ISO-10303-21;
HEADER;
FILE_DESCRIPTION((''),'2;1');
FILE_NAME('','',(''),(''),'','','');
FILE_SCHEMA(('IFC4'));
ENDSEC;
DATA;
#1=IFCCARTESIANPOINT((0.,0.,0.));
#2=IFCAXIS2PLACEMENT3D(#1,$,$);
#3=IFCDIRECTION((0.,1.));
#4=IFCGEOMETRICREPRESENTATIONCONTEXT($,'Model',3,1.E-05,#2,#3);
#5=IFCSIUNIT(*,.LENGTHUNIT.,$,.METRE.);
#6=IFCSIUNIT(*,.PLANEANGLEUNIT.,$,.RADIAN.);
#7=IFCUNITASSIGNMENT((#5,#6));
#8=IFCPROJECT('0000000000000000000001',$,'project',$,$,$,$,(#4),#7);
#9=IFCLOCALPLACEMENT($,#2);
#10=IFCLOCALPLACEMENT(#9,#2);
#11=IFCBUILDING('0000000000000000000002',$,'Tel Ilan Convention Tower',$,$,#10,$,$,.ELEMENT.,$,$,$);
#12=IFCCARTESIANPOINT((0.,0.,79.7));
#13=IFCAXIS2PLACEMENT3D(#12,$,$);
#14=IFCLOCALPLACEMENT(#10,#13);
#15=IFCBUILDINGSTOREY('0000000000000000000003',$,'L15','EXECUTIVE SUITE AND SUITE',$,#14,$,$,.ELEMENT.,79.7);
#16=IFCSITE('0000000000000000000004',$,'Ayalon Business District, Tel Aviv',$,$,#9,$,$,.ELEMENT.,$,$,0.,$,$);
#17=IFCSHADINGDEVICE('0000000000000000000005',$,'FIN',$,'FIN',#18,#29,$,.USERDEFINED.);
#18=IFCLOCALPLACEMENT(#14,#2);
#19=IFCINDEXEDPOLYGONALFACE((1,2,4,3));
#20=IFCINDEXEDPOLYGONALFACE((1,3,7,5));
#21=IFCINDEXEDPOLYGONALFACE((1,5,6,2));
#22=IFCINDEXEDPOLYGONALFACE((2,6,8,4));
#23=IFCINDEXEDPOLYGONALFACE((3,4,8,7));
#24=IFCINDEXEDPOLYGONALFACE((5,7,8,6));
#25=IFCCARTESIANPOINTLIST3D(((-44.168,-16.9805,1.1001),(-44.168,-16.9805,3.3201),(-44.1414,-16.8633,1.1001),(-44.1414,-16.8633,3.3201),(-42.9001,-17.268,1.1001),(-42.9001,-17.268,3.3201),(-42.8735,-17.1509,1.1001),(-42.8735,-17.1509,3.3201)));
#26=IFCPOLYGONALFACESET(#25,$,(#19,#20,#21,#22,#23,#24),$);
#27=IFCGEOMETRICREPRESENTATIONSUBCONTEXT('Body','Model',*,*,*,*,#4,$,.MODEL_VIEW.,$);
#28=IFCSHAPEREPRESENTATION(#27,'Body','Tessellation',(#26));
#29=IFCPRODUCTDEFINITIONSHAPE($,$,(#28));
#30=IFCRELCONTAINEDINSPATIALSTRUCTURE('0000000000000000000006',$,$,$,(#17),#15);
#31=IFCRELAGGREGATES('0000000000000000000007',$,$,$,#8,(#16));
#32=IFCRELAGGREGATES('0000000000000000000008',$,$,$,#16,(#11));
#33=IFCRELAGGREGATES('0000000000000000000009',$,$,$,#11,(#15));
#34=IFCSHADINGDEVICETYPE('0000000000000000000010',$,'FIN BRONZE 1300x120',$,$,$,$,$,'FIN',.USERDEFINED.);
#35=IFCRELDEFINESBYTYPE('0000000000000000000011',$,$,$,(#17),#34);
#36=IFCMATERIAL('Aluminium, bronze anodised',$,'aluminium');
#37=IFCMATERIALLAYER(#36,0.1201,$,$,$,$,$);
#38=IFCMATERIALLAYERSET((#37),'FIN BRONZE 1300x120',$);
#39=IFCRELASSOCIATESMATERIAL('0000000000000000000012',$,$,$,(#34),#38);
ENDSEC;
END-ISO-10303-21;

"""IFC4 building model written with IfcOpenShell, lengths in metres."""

from ifc_helpers import new_model, si_unit, direction, frame, origin, origin_2d, place, context, subcontext, project, spatial, rectangle, extrude, material, layer, layer_set, type_object, element, save


model = new_model("IFC4")

# Units and contexts
model_context = context("Model", 3, precision=1e-05, world=origin(), true_north=direction((0.0, 1.0)))
body_context = subcontext(model_context, "Body", "Model", "MODEL_VIEW")
ifc_project = project(units=[si_unit("LENGTHUNIT", "METRE"), si_unit("PLANEANGLEUNIT", "RADIAN")], contexts=[model_context])

# Site, building, storey
site_placement = place(None, origin())
site = spatial("IfcSite", under=ifc_project, at=site_placement, Name="Ayalon Business District, Tel Aviv", CompositionType="ELEMENT", RefElevation=0.0)
building_placement = place(site_placement, origin())
building = spatial("IfcBuilding", under=site, at=building_placement, Name="Tel Ilan Convention Tower", CompositionType="ELEMENT")
storey_placement = place(building_placement, frame((0.0, 0.0, 79.7)))
storey = spatial("IfcBuildingStorey", under=building, at=storey_placement, Name="L15", Description="EXECUTIVE SUITE AND SUITE", CompositionType="ELEMENT", Elevation=79.7)

# Shading device
ifc_material_1 = material(Name="Aluminium, bronze anodised", Category="aluminium")
ifc_layer_1 = layer(ifc_material_1, 0.1201)
ifc_layer_set_1 = layer_set([ifc_layer_1], Name="FIN BRONZE 1300x120")
shading_device_type = type_object("IfcShadingDeviceType", Name="FIN BRONZE 1300x120", ElementType="FIN", PredefinedType="USERDEFINED", material=ifc_layer_set_1)
for number, where, z_axis, x_axis, name in (
    (1, (-43.5208, -17.0657, 1.1001), (0.0, 0.0, 1.0), (-0.975235, 0.22117, 0.0), "FIN"),
):
    element("IfcShadingDevice", number, at=place(storey_placement, frame(where, z_axis=z_axis, x_axis=x_axis)), inside=storey, type_object=shading_device_type, Name=name, ObjectType="FIN", PredefinedType="USERDEFINED", context=body_context, shape_type="SweptSolid", body=[
        extrude(rectangle(XDim=1.3, YDim=0.1201, at=origin_2d()), origin(), (0.0, 0.0, 1.0), 2.22),
    ])

save(model, "model.ifc")
